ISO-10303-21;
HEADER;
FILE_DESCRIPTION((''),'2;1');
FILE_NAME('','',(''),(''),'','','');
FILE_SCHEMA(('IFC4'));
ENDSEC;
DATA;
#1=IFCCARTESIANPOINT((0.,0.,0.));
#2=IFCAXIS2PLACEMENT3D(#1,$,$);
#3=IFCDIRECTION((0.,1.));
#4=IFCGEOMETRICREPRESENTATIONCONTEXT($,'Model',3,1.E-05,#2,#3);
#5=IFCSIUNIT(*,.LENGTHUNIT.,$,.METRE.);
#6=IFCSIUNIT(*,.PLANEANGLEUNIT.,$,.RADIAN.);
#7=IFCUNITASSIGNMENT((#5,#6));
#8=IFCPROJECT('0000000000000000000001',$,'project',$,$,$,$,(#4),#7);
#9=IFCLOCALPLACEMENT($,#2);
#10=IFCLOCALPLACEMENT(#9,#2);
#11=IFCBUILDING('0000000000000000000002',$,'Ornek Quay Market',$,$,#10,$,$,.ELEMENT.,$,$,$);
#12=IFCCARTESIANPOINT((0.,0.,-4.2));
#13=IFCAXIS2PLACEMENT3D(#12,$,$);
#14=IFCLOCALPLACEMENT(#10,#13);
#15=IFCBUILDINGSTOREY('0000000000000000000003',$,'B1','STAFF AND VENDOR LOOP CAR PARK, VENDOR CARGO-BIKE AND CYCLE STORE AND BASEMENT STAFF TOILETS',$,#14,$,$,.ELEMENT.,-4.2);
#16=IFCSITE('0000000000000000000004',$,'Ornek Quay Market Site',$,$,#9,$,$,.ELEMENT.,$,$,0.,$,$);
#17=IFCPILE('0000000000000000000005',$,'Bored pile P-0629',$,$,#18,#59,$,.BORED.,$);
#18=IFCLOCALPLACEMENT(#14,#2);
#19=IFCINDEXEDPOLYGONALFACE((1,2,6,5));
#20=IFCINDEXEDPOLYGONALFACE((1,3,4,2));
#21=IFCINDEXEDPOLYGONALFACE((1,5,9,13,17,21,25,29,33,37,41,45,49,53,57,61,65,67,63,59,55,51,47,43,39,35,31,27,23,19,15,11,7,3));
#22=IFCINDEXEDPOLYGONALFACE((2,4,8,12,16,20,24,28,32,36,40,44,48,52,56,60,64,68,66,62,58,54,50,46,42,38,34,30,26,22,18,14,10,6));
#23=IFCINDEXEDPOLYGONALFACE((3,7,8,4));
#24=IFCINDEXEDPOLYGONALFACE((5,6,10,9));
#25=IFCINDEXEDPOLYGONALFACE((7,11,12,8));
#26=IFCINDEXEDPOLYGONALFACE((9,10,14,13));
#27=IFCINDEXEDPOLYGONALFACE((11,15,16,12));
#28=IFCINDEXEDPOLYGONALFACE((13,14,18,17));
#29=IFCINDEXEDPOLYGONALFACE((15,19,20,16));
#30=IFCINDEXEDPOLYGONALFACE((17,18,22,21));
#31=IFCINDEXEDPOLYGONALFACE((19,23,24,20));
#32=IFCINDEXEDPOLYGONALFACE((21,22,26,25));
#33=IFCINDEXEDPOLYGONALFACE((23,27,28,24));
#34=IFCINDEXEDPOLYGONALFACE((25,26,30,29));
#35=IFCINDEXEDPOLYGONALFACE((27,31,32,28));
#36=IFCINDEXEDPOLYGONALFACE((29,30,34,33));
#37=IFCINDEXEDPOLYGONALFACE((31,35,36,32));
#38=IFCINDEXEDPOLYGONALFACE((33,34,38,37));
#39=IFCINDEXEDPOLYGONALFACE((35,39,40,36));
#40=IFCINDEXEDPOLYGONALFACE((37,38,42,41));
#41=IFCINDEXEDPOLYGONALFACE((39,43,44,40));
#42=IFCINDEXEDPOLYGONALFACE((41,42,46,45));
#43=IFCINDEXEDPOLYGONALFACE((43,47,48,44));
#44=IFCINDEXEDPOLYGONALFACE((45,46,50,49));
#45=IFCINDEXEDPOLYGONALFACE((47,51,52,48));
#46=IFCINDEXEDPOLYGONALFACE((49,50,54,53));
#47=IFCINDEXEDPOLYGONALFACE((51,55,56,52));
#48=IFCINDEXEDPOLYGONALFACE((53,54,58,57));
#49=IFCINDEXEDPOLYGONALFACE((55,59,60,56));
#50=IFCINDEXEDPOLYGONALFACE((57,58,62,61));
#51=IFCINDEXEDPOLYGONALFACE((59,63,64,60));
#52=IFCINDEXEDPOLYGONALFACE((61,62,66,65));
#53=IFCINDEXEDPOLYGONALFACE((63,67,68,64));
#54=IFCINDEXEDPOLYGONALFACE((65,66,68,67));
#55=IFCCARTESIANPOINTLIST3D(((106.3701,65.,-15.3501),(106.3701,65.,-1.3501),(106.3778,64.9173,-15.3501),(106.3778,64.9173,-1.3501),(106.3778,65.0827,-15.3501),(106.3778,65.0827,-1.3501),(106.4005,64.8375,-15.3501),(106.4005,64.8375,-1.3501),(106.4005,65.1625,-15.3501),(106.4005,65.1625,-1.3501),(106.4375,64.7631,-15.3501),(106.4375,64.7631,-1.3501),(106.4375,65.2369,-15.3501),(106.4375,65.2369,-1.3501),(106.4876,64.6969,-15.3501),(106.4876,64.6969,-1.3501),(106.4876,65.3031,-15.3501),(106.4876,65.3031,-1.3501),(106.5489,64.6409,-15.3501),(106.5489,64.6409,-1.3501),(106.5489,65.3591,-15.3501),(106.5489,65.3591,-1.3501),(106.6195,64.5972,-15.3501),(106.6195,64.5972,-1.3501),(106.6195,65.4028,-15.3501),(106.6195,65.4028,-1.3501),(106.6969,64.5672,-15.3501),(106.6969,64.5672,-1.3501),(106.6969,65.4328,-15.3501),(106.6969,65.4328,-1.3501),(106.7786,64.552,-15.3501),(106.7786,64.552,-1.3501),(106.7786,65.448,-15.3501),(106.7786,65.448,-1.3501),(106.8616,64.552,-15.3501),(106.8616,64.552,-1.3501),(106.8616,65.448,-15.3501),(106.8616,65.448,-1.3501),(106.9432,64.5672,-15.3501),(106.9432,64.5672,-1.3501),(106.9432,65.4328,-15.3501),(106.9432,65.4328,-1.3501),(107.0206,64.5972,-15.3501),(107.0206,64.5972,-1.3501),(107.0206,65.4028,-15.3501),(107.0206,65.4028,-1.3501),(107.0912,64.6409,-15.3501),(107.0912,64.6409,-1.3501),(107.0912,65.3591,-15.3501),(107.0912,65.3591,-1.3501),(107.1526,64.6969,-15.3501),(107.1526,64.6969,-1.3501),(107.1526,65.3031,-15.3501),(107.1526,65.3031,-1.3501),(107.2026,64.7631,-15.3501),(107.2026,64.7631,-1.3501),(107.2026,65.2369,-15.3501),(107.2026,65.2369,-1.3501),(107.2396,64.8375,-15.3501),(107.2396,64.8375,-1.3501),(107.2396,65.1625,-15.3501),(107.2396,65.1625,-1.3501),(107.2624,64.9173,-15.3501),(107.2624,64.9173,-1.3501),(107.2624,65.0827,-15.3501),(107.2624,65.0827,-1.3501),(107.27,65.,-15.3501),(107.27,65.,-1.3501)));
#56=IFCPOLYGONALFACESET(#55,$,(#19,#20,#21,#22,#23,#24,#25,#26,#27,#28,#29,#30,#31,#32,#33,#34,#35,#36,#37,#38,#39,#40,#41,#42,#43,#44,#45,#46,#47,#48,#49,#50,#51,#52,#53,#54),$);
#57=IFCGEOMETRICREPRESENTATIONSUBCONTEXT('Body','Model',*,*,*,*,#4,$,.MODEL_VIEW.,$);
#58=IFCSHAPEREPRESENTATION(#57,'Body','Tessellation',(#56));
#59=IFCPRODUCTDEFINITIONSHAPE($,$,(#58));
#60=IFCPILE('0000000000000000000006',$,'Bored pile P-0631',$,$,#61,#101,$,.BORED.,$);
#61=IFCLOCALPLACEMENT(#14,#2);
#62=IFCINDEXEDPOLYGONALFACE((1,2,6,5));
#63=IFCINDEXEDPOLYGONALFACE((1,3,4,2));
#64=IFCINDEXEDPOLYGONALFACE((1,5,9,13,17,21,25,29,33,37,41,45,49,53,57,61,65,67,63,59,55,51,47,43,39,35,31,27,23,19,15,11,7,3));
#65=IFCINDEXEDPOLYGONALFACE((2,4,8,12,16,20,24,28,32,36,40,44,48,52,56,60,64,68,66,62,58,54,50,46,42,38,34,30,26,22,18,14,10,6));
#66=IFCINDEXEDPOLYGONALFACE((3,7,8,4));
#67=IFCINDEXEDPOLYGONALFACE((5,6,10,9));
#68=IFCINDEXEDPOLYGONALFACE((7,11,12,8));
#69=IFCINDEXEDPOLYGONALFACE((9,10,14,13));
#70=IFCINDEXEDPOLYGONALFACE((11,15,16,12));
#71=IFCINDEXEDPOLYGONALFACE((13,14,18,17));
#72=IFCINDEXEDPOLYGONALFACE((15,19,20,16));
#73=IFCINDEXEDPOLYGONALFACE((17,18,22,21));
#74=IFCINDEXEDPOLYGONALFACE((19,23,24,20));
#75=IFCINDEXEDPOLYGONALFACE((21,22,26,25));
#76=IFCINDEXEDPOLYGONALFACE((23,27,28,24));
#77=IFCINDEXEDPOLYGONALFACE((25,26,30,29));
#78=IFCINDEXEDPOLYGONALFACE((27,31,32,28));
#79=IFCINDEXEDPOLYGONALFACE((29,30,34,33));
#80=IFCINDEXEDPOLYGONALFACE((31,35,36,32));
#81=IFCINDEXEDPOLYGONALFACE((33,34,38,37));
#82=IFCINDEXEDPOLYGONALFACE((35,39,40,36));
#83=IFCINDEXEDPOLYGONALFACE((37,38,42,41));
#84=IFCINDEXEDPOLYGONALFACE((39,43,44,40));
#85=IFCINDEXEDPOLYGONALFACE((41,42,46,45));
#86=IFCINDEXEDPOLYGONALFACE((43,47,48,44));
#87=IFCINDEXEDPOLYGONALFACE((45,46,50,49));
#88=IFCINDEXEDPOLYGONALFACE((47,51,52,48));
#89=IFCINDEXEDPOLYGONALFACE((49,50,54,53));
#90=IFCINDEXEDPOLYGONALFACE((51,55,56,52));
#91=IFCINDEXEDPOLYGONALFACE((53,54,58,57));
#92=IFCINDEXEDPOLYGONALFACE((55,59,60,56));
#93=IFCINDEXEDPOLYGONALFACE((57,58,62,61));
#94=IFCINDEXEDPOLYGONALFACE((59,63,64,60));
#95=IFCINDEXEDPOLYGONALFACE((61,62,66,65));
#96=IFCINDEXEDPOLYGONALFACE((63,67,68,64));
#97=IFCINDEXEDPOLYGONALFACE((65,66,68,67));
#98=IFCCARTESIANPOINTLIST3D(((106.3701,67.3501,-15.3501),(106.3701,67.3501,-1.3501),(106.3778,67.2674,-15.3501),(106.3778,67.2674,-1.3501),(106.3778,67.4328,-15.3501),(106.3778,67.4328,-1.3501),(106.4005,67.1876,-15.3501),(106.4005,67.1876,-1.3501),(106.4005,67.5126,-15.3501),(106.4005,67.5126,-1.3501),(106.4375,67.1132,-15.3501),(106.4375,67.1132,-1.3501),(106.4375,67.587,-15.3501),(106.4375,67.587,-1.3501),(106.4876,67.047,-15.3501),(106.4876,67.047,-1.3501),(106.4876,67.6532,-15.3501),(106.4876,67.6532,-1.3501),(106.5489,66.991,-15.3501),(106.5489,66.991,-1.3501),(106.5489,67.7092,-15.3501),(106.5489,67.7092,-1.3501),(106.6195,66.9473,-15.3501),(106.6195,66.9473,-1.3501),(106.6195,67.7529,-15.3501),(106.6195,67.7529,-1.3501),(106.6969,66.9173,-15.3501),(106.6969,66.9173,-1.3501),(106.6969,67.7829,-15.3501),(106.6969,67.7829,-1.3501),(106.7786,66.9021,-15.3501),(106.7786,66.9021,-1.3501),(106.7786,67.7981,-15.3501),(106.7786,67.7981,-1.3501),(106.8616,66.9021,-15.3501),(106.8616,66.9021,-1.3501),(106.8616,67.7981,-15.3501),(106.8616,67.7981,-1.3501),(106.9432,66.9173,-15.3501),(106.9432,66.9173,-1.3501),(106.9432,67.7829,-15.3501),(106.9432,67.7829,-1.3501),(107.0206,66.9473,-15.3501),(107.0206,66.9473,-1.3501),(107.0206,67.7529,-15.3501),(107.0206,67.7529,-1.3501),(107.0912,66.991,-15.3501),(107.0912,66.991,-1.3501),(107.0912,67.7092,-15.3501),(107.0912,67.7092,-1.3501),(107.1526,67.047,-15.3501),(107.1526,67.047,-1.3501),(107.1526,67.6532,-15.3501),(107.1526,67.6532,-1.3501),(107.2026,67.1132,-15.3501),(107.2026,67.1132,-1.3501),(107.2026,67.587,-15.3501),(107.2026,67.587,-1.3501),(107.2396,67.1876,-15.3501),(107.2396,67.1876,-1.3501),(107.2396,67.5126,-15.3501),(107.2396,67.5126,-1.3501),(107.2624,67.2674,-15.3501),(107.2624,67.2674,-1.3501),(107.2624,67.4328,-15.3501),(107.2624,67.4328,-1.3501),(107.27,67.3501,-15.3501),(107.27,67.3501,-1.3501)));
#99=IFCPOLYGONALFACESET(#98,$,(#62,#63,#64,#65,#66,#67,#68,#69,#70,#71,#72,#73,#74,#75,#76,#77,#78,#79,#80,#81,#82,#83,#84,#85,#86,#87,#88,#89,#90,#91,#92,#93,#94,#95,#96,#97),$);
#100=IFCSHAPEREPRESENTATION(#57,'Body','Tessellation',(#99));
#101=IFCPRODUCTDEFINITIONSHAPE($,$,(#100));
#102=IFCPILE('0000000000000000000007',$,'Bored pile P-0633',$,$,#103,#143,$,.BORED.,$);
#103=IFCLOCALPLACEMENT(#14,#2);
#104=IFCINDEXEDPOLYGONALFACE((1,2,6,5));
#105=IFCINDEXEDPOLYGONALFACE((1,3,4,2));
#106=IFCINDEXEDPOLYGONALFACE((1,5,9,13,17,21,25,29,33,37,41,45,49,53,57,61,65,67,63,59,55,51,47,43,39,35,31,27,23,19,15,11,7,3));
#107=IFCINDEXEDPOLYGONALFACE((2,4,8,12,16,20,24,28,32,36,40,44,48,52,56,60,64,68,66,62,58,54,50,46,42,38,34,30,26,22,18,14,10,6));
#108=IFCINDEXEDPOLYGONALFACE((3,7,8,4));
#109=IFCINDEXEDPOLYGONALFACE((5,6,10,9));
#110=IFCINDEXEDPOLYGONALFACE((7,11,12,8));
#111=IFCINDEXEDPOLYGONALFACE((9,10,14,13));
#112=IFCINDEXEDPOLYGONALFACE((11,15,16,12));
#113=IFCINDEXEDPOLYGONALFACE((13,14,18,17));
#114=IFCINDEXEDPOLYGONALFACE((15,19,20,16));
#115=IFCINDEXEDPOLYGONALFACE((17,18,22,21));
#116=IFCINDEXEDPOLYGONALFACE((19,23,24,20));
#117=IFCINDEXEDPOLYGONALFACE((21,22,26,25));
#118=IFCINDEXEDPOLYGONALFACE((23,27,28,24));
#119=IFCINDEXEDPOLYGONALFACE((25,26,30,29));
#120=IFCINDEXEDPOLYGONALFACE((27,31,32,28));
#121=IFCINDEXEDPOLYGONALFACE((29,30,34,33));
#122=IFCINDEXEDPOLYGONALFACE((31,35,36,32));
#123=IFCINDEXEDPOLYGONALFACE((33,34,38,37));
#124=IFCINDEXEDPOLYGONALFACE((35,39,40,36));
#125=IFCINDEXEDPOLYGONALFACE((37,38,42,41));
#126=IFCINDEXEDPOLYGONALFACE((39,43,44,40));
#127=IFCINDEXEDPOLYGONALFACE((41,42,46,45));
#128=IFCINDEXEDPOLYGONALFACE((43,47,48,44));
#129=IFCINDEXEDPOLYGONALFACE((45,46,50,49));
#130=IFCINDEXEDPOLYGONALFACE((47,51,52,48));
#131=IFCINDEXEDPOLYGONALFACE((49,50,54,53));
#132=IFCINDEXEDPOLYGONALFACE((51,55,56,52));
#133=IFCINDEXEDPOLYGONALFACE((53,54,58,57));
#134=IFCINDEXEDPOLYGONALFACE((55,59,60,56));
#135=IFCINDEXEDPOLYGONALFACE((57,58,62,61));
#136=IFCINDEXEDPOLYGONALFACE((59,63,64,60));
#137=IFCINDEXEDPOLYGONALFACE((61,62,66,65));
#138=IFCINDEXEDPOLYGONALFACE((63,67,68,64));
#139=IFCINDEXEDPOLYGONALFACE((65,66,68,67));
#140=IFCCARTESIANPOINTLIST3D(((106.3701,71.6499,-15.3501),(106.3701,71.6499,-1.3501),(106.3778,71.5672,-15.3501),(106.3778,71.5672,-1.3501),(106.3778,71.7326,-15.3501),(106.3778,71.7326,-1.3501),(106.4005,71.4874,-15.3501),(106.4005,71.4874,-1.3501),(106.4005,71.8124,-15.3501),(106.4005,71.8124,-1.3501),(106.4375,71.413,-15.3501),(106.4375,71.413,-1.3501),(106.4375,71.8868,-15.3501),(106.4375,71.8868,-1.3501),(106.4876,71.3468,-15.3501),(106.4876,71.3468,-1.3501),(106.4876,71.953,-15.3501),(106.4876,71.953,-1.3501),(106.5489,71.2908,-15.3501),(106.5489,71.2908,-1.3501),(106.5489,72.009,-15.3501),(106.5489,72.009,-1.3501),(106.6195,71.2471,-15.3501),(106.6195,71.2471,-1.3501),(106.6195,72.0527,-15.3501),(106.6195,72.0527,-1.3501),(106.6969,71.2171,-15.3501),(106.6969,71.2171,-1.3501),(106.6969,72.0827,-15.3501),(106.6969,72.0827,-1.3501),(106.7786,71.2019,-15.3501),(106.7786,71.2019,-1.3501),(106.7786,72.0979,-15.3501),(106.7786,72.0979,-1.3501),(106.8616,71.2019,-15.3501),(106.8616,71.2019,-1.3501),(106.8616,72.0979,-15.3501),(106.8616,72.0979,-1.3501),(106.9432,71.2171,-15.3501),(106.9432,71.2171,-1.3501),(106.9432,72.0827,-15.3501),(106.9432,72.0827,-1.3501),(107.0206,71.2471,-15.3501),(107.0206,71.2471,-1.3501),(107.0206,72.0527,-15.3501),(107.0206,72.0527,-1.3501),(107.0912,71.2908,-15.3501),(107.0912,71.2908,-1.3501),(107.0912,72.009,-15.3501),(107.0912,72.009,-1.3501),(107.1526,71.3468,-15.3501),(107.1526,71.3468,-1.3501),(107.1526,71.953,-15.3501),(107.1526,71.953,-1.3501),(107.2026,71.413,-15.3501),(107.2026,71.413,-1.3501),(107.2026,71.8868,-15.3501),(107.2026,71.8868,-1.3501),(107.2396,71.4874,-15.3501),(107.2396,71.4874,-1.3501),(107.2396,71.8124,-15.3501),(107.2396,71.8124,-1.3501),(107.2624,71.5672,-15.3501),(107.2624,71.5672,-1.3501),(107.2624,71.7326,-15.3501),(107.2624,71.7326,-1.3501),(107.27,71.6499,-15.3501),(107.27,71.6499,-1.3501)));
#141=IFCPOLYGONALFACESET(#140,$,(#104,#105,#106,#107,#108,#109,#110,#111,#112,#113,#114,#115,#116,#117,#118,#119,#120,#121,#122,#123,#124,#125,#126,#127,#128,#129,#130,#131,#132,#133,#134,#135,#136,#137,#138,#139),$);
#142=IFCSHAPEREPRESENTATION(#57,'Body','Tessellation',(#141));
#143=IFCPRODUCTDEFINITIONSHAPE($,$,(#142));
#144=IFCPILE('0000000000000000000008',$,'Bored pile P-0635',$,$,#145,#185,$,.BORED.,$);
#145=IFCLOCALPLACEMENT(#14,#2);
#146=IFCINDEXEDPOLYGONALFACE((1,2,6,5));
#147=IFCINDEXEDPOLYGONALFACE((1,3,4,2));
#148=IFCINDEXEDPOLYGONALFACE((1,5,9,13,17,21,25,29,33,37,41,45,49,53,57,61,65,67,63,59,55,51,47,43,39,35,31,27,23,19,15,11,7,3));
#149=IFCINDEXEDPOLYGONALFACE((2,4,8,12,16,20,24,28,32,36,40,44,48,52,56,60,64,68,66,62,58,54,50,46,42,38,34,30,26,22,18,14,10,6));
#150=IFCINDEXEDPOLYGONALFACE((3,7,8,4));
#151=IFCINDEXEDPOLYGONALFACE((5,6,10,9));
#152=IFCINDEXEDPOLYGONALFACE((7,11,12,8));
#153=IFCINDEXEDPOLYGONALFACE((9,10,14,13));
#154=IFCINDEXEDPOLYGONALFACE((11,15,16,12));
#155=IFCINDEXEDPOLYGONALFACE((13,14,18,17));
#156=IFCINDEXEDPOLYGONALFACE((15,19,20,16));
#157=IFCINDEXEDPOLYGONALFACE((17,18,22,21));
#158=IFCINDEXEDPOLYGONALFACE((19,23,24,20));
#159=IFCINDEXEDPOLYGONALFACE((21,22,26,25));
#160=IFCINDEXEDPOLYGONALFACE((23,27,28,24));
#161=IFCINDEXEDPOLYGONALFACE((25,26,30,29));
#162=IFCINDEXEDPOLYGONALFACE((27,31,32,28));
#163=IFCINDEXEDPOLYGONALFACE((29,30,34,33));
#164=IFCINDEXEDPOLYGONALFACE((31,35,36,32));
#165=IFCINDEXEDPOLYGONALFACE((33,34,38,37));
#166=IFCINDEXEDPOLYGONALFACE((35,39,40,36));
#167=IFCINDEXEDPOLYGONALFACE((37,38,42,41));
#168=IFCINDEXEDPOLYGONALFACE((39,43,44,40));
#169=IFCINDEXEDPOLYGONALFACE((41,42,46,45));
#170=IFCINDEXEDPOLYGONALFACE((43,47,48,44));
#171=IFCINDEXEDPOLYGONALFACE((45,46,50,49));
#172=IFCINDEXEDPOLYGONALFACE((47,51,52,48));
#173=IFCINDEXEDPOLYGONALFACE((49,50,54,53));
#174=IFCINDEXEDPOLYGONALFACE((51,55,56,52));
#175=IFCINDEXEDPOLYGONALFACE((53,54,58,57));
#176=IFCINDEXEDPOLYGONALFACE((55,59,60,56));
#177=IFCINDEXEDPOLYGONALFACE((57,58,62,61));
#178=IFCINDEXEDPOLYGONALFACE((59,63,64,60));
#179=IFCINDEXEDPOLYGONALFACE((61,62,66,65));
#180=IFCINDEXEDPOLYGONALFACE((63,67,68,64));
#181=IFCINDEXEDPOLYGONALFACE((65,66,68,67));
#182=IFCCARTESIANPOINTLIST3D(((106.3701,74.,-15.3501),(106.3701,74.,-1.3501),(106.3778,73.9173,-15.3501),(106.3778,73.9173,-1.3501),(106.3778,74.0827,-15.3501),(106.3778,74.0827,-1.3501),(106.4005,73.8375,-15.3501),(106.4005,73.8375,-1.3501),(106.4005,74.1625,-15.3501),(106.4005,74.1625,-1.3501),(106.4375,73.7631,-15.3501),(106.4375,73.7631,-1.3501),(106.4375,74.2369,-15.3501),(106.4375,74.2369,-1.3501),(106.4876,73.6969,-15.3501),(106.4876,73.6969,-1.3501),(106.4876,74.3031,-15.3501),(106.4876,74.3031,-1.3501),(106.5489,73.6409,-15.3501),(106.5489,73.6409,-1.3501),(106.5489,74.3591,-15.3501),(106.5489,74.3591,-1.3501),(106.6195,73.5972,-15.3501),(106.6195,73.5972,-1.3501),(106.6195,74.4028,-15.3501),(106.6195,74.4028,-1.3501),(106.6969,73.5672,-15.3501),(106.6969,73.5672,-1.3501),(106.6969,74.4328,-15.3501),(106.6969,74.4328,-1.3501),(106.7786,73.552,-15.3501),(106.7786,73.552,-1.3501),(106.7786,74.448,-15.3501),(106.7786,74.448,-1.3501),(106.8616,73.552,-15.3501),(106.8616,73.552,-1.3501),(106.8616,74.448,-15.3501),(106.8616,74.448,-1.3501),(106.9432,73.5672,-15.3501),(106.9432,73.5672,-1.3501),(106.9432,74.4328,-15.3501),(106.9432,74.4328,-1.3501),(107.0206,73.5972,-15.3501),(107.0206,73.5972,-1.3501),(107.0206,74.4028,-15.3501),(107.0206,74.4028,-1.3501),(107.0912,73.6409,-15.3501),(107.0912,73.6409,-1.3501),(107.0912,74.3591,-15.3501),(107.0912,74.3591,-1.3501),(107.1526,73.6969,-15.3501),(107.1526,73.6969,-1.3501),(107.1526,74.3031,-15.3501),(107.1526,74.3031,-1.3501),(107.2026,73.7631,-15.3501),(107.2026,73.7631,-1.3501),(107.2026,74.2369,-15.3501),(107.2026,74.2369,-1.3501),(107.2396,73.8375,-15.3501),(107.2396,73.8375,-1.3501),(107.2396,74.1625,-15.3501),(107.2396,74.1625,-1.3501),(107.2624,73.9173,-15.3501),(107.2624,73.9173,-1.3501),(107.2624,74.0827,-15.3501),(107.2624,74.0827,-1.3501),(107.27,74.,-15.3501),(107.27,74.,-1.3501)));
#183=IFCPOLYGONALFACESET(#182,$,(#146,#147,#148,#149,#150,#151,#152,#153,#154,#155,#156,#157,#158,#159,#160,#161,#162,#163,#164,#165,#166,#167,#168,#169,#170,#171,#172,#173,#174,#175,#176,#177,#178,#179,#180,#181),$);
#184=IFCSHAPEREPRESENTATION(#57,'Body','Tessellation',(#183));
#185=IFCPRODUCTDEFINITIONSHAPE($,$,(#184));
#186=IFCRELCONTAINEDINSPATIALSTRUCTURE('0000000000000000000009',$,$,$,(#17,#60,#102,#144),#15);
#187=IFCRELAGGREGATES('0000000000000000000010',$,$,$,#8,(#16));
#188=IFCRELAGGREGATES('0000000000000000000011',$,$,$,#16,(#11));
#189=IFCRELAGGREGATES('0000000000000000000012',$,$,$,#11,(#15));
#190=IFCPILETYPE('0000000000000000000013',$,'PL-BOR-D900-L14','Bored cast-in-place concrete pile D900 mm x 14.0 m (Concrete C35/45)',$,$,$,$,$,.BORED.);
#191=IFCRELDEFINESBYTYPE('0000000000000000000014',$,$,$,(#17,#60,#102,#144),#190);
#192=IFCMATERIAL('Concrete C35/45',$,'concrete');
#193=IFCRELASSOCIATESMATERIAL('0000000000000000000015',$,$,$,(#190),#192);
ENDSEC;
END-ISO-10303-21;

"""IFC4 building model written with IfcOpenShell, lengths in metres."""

from ifc_helpers import new_model, si_unit, direction, frame, origin, origin_2d, place, context, subcontext, project, spatial, circle, extrude, material, material_profile, profile_set, type_object, element, save


model = new_model("IFC4")

# Units and contexts
model_context = context("Model", 3, precision=1e-05, world=origin(), true_north=direction((0.0, 1.0)))
body_context = subcontext(model_context, "Body", "Model", "MODEL_VIEW")
ifc_project = project(units=[si_unit("LENGTHUNIT", "METRE"), si_unit("PLANEANGLEUNIT", "RADIAN")], contexts=[model_context])

# Site, building, storey
site_placement = place(None, origin())
site = spatial("IfcSite", under=ifc_project, at=site_placement, Name="Ornek Quay Market Site", CompositionType="ELEMENT", RefElevation=0.0)
building_placement = place(site_placement, origin())
building = spatial("IfcBuilding", under=site, at=building_placement, Name="Ornek Quay Market", CompositionType="ELEMENT")
storey_placement = place(building_placement, frame((0.0, 0.0, -4.2)))
storey = spatial("IfcBuildingStorey", under=building, at=storey_placement, Name="B1", Description="STAFF AND VENDOR LOOP CAR PARK, VENDOR CARGO-BIKE AND CYCLE STORE AND BASEMENT STAFF TOILETS", CompositionType="ELEMENT", Elevation=-4.2)

# Piles
ifc_material_1 = material(Name="Concrete C35/45", Category="concrete")
ifc_material_profile_1 = material_profile(ifc_material_1, circle(Radius=0.45, at=origin_2d()), Name="PILE D900", Category="concrete")
ifc_profile_set_1 = profile_set([ifc_material_profile_1], Name="Concrete C35/45")
pile_type_1 = type_object("IfcPileType", Name="PL-BOR-D900-L14", Description="Bored cast-in-place concrete pile D900 mm x 14.0 m (Concrete C35/45)", PredefinedType="BORED", material=ifc_profile_set_1)
for number, where, z_axis, x_axis, name in (
    (1, (106.8201, 65.0, -1.3501), (0.0, 0.0, -1.0), (1.0, 0.0, 0.0), "Bored pile P-0629"),
    (2, (106.8201, 67.3501, -1.3501), (0.0, 0.0, -1.0), (1.0, 0.0, 0.0), "Bored pile P-0631"),
    (3, (106.8201, 71.6499, -1.3501), (0.0, 0.0, -1.0), (1.0, 0.0, 0.0), "Bored pile P-0633"),
    (4, (106.8201, 74.0, -1.3501), (0.0, 0.0, -1.0), (1.0, 0.0, 0.0), "Bored pile P-0635"),
):
    element("IfcPile", number, at=place(storey_placement, frame(where, z_axis=z_axis, x_axis=x_axis)), inside=storey, type_object=pile_type_1, Name=name, PredefinedType="BORED", context=body_context, shape_type="SweptSolid", body=[
        extrude(circle(Radius=0.45, at=origin_2d()), origin(), (0.0, 0.0, 1.0), 14.0),
    ])

save(model, "model.ifc")
